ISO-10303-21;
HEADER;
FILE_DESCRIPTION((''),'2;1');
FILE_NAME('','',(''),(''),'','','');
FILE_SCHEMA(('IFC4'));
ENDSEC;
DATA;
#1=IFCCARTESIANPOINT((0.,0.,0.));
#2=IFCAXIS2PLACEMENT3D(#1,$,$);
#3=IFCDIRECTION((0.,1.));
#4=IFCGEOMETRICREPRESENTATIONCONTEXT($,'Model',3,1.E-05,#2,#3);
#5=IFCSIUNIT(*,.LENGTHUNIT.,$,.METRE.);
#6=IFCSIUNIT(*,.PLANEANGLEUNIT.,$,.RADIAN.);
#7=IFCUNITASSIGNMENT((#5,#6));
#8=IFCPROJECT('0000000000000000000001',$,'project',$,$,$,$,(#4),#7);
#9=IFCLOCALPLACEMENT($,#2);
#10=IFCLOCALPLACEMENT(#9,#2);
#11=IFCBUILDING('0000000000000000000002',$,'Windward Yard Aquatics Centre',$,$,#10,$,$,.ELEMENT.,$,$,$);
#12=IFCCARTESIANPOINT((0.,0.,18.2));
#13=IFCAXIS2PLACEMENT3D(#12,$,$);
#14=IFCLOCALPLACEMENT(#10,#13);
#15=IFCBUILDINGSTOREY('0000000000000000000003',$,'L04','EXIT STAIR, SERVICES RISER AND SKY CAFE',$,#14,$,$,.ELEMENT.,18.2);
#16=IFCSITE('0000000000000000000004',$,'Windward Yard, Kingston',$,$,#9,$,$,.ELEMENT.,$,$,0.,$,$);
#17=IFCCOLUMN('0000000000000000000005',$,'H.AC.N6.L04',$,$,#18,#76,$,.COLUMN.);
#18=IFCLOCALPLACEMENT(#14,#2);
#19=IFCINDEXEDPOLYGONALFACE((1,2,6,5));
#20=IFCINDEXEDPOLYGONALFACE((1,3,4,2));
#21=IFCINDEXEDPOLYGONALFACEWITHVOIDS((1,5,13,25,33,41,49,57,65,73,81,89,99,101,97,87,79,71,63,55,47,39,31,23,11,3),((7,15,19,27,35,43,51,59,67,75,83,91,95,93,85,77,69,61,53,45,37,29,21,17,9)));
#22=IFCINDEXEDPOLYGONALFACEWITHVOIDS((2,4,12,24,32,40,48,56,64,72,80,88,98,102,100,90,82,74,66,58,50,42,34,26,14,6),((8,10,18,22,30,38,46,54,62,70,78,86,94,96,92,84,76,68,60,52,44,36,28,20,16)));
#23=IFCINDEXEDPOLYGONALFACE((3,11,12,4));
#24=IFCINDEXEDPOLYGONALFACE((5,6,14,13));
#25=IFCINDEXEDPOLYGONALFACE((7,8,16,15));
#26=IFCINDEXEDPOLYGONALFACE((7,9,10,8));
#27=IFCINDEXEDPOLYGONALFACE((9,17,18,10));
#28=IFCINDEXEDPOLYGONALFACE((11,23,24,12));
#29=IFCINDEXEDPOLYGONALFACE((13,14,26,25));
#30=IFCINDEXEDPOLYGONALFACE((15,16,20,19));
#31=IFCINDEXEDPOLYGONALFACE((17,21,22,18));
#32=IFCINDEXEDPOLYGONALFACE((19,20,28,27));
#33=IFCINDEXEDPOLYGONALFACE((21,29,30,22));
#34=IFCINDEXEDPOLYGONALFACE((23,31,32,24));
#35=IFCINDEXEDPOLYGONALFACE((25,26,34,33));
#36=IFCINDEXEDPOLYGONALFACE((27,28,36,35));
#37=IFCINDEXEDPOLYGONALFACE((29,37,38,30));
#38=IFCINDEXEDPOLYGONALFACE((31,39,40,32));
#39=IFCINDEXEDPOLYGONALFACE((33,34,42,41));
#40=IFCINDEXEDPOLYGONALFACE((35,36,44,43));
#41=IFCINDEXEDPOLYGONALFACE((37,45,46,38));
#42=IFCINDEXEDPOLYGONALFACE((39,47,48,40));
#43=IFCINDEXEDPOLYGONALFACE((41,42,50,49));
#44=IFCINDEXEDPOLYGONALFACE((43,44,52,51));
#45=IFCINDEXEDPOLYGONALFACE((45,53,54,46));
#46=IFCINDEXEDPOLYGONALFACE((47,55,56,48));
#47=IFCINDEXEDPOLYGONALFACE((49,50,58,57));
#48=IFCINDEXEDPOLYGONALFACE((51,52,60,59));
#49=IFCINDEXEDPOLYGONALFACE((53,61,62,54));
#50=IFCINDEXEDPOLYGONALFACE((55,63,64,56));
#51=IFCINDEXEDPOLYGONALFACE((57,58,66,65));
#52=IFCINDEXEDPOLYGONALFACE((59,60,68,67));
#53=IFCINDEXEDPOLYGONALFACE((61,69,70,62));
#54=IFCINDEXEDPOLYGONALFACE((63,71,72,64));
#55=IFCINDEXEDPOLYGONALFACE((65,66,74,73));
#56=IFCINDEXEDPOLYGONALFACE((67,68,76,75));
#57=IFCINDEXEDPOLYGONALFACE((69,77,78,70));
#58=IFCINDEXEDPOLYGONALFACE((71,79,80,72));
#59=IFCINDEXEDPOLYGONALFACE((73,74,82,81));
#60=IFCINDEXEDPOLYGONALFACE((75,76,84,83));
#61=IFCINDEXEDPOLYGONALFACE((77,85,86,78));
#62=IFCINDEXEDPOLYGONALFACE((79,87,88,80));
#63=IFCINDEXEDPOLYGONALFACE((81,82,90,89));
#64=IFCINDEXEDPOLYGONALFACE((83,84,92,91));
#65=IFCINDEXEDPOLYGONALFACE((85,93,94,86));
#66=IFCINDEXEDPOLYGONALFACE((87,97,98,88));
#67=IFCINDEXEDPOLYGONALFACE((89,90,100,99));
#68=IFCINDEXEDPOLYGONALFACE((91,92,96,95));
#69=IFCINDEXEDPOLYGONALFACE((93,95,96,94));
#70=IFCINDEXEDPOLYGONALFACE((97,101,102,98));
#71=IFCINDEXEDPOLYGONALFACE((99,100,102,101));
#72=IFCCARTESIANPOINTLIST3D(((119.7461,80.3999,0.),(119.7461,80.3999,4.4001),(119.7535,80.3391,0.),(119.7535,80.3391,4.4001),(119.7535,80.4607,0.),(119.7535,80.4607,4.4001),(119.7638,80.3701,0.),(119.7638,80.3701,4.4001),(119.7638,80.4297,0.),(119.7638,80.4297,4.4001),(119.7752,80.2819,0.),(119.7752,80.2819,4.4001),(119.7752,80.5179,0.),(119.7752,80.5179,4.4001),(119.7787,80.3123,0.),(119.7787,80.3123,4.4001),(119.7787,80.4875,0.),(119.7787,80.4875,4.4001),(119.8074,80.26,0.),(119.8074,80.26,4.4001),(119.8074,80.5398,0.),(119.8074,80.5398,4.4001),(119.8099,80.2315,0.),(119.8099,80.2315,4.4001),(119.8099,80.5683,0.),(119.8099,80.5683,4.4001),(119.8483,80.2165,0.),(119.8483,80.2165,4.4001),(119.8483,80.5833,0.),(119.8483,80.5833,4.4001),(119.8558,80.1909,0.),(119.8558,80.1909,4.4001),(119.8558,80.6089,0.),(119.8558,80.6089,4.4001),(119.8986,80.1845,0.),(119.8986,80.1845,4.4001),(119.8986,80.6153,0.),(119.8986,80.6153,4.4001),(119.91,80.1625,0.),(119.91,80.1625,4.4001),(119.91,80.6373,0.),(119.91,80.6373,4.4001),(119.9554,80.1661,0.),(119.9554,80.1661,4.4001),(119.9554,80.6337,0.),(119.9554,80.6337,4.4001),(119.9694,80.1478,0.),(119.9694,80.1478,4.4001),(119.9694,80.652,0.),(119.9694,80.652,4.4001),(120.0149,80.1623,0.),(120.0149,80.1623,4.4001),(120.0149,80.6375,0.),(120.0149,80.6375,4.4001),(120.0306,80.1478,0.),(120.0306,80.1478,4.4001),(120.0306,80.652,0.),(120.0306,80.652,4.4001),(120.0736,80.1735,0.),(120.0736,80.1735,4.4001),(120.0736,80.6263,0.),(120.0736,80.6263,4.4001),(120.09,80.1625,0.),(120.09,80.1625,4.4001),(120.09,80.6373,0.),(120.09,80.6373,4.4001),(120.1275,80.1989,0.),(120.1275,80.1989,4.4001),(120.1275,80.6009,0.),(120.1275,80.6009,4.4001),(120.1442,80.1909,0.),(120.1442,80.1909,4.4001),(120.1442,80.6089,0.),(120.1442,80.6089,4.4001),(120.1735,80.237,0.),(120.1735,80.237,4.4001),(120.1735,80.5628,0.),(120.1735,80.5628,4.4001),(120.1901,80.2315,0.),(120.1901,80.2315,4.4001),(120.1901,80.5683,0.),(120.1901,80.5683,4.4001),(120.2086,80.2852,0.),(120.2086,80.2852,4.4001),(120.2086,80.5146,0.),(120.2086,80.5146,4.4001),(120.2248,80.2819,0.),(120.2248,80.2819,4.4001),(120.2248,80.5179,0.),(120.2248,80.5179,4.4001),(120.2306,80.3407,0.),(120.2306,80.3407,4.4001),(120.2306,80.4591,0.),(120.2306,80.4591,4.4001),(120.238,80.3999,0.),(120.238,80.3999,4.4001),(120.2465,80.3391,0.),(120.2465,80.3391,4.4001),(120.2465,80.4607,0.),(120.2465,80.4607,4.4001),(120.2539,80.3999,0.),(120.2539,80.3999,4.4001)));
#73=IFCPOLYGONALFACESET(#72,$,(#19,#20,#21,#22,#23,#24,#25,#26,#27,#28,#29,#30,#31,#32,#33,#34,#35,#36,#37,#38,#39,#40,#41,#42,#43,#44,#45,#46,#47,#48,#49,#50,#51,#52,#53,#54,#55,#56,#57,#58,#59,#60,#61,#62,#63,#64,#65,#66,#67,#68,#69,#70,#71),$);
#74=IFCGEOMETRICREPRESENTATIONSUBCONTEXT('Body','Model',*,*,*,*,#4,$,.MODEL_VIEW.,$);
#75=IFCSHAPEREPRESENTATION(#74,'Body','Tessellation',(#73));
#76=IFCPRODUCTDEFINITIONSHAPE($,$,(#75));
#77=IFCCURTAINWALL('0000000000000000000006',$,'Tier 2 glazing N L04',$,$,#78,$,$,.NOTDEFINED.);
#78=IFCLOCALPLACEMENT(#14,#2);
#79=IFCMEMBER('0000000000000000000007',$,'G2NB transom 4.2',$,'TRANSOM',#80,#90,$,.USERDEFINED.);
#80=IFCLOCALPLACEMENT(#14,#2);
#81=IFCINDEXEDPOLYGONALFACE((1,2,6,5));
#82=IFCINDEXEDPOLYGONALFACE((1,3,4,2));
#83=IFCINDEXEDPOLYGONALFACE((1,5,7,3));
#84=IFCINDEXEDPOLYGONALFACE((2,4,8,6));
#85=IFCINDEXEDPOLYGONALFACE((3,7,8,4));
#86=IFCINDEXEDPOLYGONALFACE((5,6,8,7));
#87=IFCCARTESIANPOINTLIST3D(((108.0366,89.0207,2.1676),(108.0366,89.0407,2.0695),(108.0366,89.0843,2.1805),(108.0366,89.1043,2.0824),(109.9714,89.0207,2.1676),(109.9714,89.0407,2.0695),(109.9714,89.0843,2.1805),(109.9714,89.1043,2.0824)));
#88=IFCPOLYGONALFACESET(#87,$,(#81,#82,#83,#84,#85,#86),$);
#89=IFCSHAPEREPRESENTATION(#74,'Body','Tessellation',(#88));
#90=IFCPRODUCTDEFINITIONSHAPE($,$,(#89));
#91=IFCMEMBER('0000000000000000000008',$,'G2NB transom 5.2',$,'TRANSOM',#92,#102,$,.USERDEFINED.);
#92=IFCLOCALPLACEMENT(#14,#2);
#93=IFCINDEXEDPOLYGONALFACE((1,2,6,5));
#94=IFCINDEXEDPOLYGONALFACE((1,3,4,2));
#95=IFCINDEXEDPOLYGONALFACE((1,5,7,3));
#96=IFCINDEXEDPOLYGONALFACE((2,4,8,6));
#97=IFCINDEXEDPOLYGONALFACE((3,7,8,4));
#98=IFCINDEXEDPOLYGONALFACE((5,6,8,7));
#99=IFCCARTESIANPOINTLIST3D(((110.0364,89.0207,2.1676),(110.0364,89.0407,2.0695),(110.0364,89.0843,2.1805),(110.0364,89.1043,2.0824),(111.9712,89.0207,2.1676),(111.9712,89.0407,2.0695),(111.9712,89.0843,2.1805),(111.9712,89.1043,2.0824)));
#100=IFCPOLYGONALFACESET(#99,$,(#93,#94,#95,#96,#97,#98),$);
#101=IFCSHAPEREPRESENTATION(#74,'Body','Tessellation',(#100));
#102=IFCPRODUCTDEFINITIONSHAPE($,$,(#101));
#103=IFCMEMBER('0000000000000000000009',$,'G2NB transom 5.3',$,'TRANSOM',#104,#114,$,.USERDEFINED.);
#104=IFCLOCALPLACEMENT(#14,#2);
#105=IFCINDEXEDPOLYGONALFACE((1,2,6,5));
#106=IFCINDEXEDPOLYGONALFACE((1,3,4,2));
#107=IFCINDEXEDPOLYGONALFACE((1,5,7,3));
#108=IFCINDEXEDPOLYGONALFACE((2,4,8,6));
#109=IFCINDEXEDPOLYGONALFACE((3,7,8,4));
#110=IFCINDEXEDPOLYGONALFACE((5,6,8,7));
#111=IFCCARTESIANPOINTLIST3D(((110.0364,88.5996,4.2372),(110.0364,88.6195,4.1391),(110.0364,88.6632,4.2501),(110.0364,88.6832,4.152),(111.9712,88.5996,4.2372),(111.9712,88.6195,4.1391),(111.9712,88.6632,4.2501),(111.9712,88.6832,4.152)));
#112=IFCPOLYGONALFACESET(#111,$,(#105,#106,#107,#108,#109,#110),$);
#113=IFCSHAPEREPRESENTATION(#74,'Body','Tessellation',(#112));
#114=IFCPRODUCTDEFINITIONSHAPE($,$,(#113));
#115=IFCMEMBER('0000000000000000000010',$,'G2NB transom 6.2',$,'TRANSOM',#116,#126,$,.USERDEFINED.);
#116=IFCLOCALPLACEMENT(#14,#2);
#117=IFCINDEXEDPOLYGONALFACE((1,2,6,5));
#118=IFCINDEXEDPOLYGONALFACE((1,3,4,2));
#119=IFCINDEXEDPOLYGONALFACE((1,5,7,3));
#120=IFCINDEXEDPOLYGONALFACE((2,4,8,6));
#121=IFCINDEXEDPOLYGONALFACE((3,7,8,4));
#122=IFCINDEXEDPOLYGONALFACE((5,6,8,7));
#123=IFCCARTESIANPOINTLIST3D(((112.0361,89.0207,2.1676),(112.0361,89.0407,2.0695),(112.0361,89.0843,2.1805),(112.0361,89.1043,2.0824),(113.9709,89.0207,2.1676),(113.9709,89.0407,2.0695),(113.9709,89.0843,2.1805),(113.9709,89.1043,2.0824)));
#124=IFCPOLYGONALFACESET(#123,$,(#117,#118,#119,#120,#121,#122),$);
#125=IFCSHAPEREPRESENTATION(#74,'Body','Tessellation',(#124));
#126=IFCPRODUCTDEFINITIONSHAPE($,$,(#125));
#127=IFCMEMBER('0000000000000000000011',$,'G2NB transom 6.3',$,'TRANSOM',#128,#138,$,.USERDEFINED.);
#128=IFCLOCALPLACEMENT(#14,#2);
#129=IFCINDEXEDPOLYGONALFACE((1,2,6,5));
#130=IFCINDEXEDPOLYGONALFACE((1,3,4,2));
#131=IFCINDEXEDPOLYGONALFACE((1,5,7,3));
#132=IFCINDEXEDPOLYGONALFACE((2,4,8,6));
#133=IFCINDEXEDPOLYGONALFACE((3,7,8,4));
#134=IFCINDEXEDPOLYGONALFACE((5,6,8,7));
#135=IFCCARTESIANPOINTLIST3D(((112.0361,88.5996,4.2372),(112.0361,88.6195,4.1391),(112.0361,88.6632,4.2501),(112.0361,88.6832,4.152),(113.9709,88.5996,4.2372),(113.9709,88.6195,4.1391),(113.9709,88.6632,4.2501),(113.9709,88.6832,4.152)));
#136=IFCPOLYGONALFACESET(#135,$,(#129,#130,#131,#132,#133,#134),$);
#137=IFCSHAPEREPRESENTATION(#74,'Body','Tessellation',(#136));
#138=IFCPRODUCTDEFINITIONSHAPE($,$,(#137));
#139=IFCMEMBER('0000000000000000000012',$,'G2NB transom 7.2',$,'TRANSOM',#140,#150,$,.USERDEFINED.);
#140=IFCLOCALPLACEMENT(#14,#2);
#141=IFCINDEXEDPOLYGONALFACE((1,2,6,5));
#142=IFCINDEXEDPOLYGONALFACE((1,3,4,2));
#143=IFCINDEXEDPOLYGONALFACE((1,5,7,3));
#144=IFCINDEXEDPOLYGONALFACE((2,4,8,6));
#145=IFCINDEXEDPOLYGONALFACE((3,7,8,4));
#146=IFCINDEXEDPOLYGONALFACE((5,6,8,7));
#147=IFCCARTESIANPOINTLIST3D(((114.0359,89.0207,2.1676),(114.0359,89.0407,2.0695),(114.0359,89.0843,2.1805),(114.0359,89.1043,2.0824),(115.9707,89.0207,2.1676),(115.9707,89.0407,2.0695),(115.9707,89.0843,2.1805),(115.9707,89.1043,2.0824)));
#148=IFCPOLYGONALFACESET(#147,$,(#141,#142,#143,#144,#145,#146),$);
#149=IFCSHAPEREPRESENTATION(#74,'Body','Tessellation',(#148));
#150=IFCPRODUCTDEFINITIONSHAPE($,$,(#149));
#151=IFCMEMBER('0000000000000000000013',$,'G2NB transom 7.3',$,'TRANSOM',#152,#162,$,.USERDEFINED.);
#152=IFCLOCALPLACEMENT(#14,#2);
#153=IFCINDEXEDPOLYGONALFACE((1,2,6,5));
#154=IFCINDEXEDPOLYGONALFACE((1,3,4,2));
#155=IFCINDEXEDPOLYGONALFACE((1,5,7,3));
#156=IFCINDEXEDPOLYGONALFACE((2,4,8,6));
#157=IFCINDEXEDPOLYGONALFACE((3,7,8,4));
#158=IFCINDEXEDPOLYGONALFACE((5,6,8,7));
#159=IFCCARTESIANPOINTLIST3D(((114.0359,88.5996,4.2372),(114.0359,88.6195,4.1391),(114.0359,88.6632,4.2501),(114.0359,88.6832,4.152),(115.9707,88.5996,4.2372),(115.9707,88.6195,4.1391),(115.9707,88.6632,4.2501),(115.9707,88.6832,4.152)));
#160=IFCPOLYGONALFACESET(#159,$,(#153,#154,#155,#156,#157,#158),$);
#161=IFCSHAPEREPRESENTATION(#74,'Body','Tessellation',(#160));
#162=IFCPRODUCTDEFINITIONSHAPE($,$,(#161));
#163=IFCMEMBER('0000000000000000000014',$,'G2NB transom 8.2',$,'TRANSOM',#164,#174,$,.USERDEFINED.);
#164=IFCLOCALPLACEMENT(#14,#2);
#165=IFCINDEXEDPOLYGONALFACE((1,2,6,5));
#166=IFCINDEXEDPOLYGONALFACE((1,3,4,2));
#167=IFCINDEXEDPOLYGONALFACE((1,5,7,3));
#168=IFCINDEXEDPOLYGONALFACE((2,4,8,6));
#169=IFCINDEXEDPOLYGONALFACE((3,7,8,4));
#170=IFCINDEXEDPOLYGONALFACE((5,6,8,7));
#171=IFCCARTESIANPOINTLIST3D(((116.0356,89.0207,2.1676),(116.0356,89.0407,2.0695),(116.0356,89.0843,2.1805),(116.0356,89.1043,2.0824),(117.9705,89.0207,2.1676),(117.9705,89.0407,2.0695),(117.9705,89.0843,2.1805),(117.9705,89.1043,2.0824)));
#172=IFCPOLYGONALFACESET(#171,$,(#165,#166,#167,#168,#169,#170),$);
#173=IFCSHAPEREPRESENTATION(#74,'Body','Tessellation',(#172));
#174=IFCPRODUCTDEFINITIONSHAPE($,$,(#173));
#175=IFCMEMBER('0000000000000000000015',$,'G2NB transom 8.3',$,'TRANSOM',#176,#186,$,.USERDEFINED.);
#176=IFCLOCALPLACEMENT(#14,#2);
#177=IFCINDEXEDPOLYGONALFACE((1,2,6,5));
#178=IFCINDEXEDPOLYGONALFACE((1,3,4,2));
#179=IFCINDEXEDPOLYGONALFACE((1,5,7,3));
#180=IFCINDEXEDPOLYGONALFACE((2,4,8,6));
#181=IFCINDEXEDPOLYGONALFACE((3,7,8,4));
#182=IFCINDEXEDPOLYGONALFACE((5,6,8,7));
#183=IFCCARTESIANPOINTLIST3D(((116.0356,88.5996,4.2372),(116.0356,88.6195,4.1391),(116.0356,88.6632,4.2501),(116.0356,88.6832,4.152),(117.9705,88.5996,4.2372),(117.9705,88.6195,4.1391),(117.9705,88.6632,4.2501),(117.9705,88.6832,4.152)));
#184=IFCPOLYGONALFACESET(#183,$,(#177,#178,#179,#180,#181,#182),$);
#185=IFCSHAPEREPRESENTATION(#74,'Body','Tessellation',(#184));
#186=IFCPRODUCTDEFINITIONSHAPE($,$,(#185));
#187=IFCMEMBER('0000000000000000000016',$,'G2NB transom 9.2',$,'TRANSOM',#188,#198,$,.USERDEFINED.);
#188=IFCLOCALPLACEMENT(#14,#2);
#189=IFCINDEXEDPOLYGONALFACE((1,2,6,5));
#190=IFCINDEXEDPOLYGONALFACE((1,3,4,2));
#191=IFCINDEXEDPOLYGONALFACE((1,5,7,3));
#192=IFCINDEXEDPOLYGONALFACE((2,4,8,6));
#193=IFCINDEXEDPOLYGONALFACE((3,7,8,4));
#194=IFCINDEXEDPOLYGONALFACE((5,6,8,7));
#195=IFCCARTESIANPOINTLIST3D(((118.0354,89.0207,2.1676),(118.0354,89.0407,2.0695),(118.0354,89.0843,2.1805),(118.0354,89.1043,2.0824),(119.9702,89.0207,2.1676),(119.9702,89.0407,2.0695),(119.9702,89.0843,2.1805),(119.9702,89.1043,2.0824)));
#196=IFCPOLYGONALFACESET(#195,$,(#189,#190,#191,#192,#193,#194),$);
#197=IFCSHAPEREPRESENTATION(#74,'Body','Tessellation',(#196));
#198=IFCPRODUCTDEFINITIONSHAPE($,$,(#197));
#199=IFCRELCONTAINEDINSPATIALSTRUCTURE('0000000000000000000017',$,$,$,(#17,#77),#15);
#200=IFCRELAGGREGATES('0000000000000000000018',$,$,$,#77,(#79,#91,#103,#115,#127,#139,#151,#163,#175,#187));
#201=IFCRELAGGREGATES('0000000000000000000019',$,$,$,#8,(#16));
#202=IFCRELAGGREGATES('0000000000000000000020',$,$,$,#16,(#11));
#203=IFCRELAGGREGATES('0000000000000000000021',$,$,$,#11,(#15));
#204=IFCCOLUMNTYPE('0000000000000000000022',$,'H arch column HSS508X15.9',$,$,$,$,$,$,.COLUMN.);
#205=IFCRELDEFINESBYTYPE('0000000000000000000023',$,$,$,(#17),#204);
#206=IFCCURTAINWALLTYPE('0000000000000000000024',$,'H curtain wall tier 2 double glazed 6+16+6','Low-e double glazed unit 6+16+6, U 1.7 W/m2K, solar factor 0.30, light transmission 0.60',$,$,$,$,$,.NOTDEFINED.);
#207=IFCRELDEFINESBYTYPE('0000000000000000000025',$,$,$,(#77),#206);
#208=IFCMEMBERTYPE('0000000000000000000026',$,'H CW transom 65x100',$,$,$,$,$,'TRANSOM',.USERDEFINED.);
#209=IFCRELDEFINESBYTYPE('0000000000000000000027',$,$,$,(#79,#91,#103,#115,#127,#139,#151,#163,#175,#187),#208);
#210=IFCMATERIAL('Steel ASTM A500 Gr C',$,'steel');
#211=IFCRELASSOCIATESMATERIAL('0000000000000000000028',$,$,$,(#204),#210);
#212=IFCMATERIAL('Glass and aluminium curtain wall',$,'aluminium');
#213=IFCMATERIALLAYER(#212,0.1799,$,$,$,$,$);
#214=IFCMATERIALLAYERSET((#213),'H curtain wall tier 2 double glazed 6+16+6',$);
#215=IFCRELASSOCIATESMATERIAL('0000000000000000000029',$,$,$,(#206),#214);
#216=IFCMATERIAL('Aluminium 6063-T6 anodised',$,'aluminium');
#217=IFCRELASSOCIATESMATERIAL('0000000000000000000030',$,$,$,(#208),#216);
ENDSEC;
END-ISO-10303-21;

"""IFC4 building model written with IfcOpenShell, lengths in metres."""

from ifc_helpers import new_model, si_unit, direction, frame, origin, origin_2d, place, context, subcontext, project, spatial, rectangle, hollow_circle, extrude, material, layer, layer_set, material_profile, profile_set, type_object, element, aggregate, save


model = new_model("IFC4")

# Units and contexts
model_context = context("Model", 3, precision=1e-05, world=origin(), true_north=direction((0.0, 1.0)))
body_context = subcontext(model_context, "Body", "Model", "MODEL_VIEW")
ifc_project = project(units=[si_unit("LENGTHUNIT", "METRE"), si_unit("PLANEANGLEUNIT", "RADIAN")], contexts=[model_context])

# Site, building, storey
site_placement = place(None, origin())
site = spatial("IfcSite", under=ifc_project, at=site_placement, Name="Windward Yard, Kingston", CompositionType="ELEMENT", RefElevation=0.0)
building_placement = place(site_placement, origin())
building = spatial("IfcBuilding", under=site, at=building_placement, Name="Windward Yard Aquatics Centre", CompositionType="ELEMENT")
storey_placement = place(building_placement, frame((0.0, 0.0, 18.2)))
storey = spatial("IfcBuildingStorey", under=building, at=storey_placement, Name="L04", Description="EXIT STAIR, SERVICES RISER AND SKY CAFE", CompositionType="ELEMENT", Elevation=18.2)

# Column
ifc_material_1 = material(Name="Steel ASTM A500 Gr C", Category="steel")
ifc_material_profile_1 = material_profile(ifc_material_1, hollow_circle(Radius=0.2539, WallThickness=0.0159, at=origin_2d()), Name="HSS508X15.9")
ifc_profile_set_1 = profile_set([ifc_material_profile_1], Name="Steel ASTM A500 Gr C")
column_type = type_object("IfcColumnType", Name="H arch column HSS508X15.9", PredefinedType="COLUMN", material=ifc_profile_set_1)
column_placement = place(storey_placement, frame((120.0, 80.3999, 0.0), z_axis=(0.0, 0.0, 1.0), x_axis=(1.0, 0.0, 0.0)))
element("IfcColumn", 1, at=column_placement, inside=storey, type_object=column_type, Name="H.AC.N6.L04", PredefinedType="COLUMN", context=body_context, shape_type="SweptSolid", body=[
    extrude(hollow_circle(Radius=0.2539, WallThickness=0.0159, at=origin_2d()), origin(), (0.0, 0.0, 1.0), 4.4001),
])

# Curtain wall, members
ifc_material_2 = material(Name="Glass and aluminium curtain wall", Category="aluminium")
ifc_layer_1 = layer(ifc_material_2, 0.1799)
ifc_layer_set_1 = layer_set([ifc_layer_1], Name="H curtain wall tier 2 double glazed 6+16+6")
curtain_wall_type = type_object("IfcCurtainWallType", Name="H curtain wall tier 2 double glazed 6+16+6", Description="Low-e double glazed unit 6+16+6, U 1.7 W/m2K, solar factor 0.30, light transmission 0.60", PredefinedType="NOTDEFINED", material=ifc_layer_set_1)
curtain_wall_placement = place(storey_placement, origin())
curtain_wall = element("IfcCurtainWall", 2, at=curtain_wall_placement, inside=storey, type_object=curtain_wall_type, Name="Tier 2 glazing N L04", PredefinedType="NOTDEFINED")
ifc_material_3 = material(Name="Aluminium 6063-T6 anodised", Category="aluminium")
ifc_material_profile_2 = material_profile(ifc_material_3, rectangle(XDim=0.0649, YDim=0.1001, at=origin_2d()), Name="H CW transom 65x100")
ifc_profile_set_2 = profile_set([ifc_material_profile_2], Name="Aluminium 6063-T6 anodised")
member_type = type_object("IfcMemberType", Name="H CW transom 65x100", ElementType="TRANSOM", PredefinedType="USERDEFINED", material=ifc_profile_set_2)
member_1_placement = place(storey_placement, frame((108.0366, 89.0625, 2.125), z_axis=(1.0, 0.0, 0.0), x_axis=(0.0, 0.979925, 0.199368)))
member_1 = element("IfcMember", 3, at=member_1_placement, type_object=member_type, Name="G2NB transom 4.2", ObjectType="TRANSOM", PredefinedType="USERDEFINED", context=body_context, shape_type="SweptSolid", body=[
    extrude(rectangle(XDim=0.0649, YDim=0.1001, at=origin_2d()), origin(), (0.0, 0.0, 1.0), 1.9348),
])
member_2_placement = place(storey_placement, frame((110.0364, 89.0625, 2.125), z_axis=(1.0, 0.0, 0.0), x_axis=(0.0, 0.979925, 0.199368)))
member_2 = element("IfcMember", 4, at=member_2_placement, type_object=member_type, Name="G2NB transom 5.2", ObjectType="TRANSOM", PredefinedType="USERDEFINED", context=body_context, shape_type="SweptSolid", body=[
    extrude(rectangle(XDim=0.0649, YDim=0.1001, at=origin_2d()), origin(), (0.0, 0.0, 1.0), 1.9348),
])
member_3_placement = place(storey_placement, frame((110.0364, 88.6414, 4.1946), z_axis=(1.0, 0.0, 0.0), x_axis=(0.0, 0.979925, 0.199368)))
member_3 = element("IfcMember", 5, at=member_3_placement, type_object=member_type, Name="G2NB transom 5.3", ObjectType="TRANSOM", PredefinedType="USERDEFINED", context=body_context, shape_type="SweptSolid", body=[
    extrude(rectangle(XDim=0.0649, YDim=0.1001, at=origin_2d()), origin(), (0.0, 0.0, 1.0), 1.9348),
])
member_4_placement = place(storey_placement, frame((112.0361, 89.0625, 2.125), z_axis=(1.0, 0.0, 0.0), x_axis=(0.0, 0.979925, 0.199368)))
member_4 = element("IfcMember", 6, at=member_4_placement, type_object=member_type, Name="G2NB transom 6.2", ObjectType="TRANSOM", PredefinedType="USERDEFINED", context=body_context, shape_type="SweptSolid", body=[
    extrude(rectangle(XDim=0.0649, YDim=0.1001, at=origin_2d()), origin(), (0.0, 0.0, 1.0), 1.9348),
])
member_5_placement = place(storey_placement, frame((112.0361, 88.6414, 4.1946), z_axis=(1.0, 0.0, 0.0), x_axis=(0.0, 0.979925, 0.199368)))
member_5 = element("IfcMember", 7, at=member_5_placement, type_object=member_type, Name="G2NB transom 6.3", ObjectType="TRANSOM", PredefinedType="USERDEFINED", context=body_context, shape_type="SweptSolid", body=[
    extrude(rectangle(XDim=0.0649, YDim=0.1001, at=origin_2d()), origin(), (0.0, 0.0, 1.0), 1.9348),
])
member_6_placement = place(storey_placement, frame((114.0359, 89.0625, 2.125), z_axis=(1.0, 0.0, 0.0), x_axis=(0.0, 0.979925, 0.199368)))
member_6 = element("IfcMember", 8, at=member_6_placement, type_object=member_type, Name="G2NB transom 7.2", ObjectType="TRANSOM", PredefinedType="USERDEFINED", context=body_context, shape_type="SweptSolid", body=[
    extrude(rectangle(XDim=0.0649, YDim=0.1001, at=origin_2d()), origin(), (0.0, 0.0, 1.0), 1.9348),
])
member_7_placement = place(storey_placement, frame((114.0359, 88.6414, 4.1946), z_axis=(1.0, 0.0, 0.0), x_axis=(0.0, 0.979925, 0.199368)))
member_7 = element("IfcMember", 9, at=member_7_placement, type_object=member_type, Name="G2NB transom 7.3", ObjectType="TRANSOM", PredefinedType="USERDEFINED", context=body_context, shape_type="SweptSolid", body=[
    extrude(rectangle(XDim=0.0649, YDim=0.1001, at=origin_2d()), origin(), (0.0, 0.0, 1.0), 1.9348),
])
member_8_placement = place(storey_placement, frame((116.0356, 89.0625, 2.125), z_axis=(1.0, 0.0, 0.0), x_axis=(0.0, 0.979925, 0.199368)))
member_8 = element("IfcMember", 10, at=member_8_placement, type_object=member_type, Name="G2NB transom 8.2", ObjectType="TRANSOM", PredefinedType="USERDEFINED", context=body_context, shape_type="SweptSolid", body=[
    extrude(rectangle(XDim=0.0649, YDim=0.1001, at=origin_2d()), origin(), (0.0, 0.0, 1.0), 1.9348),
])
member_9_placement = place(storey_placement, frame((116.0356, 88.6414, 4.1946), z_axis=(1.0, 0.0, 0.0), x_axis=(0.0, 0.979925, 0.199368)))
member_9 = element("IfcMember", 11, at=member_9_placement, type_object=member_type, Name="G2NB transom 8.3", ObjectType="TRANSOM", PredefinedType="USERDEFINED", context=body_context, shape_type="SweptSolid", body=[
    extrude(rectangle(XDim=0.0649, YDim=0.1001, at=origin_2d()), origin(), (0.0, 0.0, 1.0), 1.9348),
])
member_10_placement = place(storey_placement, frame((118.0354, 89.0625, 2.125), z_axis=(1.0, 0.0, 0.0), x_axis=(0.0, 0.979925, 0.199368)))
member_10 = element("IfcMember", 12, at=member_10_placement, type_object=member_type, Name="G2NB transom 9.2", ObjectType="TRANSOM", PredefinedType="USERDEFINED", context=body_context, shape_type="SweptSolid", body=[
    extrude(rectangle(XDim=0.0649, YDim=0.1001, at=origin_2d()), origin(), (0.0, 0.0, 1.0), 1.9348),
])

aggregate(curtain_wall, [member_1, member_2, member_3, member_4, member_5, member_6, member_7, member_8, member_9, member_10])

save(model, "model.ifc")
